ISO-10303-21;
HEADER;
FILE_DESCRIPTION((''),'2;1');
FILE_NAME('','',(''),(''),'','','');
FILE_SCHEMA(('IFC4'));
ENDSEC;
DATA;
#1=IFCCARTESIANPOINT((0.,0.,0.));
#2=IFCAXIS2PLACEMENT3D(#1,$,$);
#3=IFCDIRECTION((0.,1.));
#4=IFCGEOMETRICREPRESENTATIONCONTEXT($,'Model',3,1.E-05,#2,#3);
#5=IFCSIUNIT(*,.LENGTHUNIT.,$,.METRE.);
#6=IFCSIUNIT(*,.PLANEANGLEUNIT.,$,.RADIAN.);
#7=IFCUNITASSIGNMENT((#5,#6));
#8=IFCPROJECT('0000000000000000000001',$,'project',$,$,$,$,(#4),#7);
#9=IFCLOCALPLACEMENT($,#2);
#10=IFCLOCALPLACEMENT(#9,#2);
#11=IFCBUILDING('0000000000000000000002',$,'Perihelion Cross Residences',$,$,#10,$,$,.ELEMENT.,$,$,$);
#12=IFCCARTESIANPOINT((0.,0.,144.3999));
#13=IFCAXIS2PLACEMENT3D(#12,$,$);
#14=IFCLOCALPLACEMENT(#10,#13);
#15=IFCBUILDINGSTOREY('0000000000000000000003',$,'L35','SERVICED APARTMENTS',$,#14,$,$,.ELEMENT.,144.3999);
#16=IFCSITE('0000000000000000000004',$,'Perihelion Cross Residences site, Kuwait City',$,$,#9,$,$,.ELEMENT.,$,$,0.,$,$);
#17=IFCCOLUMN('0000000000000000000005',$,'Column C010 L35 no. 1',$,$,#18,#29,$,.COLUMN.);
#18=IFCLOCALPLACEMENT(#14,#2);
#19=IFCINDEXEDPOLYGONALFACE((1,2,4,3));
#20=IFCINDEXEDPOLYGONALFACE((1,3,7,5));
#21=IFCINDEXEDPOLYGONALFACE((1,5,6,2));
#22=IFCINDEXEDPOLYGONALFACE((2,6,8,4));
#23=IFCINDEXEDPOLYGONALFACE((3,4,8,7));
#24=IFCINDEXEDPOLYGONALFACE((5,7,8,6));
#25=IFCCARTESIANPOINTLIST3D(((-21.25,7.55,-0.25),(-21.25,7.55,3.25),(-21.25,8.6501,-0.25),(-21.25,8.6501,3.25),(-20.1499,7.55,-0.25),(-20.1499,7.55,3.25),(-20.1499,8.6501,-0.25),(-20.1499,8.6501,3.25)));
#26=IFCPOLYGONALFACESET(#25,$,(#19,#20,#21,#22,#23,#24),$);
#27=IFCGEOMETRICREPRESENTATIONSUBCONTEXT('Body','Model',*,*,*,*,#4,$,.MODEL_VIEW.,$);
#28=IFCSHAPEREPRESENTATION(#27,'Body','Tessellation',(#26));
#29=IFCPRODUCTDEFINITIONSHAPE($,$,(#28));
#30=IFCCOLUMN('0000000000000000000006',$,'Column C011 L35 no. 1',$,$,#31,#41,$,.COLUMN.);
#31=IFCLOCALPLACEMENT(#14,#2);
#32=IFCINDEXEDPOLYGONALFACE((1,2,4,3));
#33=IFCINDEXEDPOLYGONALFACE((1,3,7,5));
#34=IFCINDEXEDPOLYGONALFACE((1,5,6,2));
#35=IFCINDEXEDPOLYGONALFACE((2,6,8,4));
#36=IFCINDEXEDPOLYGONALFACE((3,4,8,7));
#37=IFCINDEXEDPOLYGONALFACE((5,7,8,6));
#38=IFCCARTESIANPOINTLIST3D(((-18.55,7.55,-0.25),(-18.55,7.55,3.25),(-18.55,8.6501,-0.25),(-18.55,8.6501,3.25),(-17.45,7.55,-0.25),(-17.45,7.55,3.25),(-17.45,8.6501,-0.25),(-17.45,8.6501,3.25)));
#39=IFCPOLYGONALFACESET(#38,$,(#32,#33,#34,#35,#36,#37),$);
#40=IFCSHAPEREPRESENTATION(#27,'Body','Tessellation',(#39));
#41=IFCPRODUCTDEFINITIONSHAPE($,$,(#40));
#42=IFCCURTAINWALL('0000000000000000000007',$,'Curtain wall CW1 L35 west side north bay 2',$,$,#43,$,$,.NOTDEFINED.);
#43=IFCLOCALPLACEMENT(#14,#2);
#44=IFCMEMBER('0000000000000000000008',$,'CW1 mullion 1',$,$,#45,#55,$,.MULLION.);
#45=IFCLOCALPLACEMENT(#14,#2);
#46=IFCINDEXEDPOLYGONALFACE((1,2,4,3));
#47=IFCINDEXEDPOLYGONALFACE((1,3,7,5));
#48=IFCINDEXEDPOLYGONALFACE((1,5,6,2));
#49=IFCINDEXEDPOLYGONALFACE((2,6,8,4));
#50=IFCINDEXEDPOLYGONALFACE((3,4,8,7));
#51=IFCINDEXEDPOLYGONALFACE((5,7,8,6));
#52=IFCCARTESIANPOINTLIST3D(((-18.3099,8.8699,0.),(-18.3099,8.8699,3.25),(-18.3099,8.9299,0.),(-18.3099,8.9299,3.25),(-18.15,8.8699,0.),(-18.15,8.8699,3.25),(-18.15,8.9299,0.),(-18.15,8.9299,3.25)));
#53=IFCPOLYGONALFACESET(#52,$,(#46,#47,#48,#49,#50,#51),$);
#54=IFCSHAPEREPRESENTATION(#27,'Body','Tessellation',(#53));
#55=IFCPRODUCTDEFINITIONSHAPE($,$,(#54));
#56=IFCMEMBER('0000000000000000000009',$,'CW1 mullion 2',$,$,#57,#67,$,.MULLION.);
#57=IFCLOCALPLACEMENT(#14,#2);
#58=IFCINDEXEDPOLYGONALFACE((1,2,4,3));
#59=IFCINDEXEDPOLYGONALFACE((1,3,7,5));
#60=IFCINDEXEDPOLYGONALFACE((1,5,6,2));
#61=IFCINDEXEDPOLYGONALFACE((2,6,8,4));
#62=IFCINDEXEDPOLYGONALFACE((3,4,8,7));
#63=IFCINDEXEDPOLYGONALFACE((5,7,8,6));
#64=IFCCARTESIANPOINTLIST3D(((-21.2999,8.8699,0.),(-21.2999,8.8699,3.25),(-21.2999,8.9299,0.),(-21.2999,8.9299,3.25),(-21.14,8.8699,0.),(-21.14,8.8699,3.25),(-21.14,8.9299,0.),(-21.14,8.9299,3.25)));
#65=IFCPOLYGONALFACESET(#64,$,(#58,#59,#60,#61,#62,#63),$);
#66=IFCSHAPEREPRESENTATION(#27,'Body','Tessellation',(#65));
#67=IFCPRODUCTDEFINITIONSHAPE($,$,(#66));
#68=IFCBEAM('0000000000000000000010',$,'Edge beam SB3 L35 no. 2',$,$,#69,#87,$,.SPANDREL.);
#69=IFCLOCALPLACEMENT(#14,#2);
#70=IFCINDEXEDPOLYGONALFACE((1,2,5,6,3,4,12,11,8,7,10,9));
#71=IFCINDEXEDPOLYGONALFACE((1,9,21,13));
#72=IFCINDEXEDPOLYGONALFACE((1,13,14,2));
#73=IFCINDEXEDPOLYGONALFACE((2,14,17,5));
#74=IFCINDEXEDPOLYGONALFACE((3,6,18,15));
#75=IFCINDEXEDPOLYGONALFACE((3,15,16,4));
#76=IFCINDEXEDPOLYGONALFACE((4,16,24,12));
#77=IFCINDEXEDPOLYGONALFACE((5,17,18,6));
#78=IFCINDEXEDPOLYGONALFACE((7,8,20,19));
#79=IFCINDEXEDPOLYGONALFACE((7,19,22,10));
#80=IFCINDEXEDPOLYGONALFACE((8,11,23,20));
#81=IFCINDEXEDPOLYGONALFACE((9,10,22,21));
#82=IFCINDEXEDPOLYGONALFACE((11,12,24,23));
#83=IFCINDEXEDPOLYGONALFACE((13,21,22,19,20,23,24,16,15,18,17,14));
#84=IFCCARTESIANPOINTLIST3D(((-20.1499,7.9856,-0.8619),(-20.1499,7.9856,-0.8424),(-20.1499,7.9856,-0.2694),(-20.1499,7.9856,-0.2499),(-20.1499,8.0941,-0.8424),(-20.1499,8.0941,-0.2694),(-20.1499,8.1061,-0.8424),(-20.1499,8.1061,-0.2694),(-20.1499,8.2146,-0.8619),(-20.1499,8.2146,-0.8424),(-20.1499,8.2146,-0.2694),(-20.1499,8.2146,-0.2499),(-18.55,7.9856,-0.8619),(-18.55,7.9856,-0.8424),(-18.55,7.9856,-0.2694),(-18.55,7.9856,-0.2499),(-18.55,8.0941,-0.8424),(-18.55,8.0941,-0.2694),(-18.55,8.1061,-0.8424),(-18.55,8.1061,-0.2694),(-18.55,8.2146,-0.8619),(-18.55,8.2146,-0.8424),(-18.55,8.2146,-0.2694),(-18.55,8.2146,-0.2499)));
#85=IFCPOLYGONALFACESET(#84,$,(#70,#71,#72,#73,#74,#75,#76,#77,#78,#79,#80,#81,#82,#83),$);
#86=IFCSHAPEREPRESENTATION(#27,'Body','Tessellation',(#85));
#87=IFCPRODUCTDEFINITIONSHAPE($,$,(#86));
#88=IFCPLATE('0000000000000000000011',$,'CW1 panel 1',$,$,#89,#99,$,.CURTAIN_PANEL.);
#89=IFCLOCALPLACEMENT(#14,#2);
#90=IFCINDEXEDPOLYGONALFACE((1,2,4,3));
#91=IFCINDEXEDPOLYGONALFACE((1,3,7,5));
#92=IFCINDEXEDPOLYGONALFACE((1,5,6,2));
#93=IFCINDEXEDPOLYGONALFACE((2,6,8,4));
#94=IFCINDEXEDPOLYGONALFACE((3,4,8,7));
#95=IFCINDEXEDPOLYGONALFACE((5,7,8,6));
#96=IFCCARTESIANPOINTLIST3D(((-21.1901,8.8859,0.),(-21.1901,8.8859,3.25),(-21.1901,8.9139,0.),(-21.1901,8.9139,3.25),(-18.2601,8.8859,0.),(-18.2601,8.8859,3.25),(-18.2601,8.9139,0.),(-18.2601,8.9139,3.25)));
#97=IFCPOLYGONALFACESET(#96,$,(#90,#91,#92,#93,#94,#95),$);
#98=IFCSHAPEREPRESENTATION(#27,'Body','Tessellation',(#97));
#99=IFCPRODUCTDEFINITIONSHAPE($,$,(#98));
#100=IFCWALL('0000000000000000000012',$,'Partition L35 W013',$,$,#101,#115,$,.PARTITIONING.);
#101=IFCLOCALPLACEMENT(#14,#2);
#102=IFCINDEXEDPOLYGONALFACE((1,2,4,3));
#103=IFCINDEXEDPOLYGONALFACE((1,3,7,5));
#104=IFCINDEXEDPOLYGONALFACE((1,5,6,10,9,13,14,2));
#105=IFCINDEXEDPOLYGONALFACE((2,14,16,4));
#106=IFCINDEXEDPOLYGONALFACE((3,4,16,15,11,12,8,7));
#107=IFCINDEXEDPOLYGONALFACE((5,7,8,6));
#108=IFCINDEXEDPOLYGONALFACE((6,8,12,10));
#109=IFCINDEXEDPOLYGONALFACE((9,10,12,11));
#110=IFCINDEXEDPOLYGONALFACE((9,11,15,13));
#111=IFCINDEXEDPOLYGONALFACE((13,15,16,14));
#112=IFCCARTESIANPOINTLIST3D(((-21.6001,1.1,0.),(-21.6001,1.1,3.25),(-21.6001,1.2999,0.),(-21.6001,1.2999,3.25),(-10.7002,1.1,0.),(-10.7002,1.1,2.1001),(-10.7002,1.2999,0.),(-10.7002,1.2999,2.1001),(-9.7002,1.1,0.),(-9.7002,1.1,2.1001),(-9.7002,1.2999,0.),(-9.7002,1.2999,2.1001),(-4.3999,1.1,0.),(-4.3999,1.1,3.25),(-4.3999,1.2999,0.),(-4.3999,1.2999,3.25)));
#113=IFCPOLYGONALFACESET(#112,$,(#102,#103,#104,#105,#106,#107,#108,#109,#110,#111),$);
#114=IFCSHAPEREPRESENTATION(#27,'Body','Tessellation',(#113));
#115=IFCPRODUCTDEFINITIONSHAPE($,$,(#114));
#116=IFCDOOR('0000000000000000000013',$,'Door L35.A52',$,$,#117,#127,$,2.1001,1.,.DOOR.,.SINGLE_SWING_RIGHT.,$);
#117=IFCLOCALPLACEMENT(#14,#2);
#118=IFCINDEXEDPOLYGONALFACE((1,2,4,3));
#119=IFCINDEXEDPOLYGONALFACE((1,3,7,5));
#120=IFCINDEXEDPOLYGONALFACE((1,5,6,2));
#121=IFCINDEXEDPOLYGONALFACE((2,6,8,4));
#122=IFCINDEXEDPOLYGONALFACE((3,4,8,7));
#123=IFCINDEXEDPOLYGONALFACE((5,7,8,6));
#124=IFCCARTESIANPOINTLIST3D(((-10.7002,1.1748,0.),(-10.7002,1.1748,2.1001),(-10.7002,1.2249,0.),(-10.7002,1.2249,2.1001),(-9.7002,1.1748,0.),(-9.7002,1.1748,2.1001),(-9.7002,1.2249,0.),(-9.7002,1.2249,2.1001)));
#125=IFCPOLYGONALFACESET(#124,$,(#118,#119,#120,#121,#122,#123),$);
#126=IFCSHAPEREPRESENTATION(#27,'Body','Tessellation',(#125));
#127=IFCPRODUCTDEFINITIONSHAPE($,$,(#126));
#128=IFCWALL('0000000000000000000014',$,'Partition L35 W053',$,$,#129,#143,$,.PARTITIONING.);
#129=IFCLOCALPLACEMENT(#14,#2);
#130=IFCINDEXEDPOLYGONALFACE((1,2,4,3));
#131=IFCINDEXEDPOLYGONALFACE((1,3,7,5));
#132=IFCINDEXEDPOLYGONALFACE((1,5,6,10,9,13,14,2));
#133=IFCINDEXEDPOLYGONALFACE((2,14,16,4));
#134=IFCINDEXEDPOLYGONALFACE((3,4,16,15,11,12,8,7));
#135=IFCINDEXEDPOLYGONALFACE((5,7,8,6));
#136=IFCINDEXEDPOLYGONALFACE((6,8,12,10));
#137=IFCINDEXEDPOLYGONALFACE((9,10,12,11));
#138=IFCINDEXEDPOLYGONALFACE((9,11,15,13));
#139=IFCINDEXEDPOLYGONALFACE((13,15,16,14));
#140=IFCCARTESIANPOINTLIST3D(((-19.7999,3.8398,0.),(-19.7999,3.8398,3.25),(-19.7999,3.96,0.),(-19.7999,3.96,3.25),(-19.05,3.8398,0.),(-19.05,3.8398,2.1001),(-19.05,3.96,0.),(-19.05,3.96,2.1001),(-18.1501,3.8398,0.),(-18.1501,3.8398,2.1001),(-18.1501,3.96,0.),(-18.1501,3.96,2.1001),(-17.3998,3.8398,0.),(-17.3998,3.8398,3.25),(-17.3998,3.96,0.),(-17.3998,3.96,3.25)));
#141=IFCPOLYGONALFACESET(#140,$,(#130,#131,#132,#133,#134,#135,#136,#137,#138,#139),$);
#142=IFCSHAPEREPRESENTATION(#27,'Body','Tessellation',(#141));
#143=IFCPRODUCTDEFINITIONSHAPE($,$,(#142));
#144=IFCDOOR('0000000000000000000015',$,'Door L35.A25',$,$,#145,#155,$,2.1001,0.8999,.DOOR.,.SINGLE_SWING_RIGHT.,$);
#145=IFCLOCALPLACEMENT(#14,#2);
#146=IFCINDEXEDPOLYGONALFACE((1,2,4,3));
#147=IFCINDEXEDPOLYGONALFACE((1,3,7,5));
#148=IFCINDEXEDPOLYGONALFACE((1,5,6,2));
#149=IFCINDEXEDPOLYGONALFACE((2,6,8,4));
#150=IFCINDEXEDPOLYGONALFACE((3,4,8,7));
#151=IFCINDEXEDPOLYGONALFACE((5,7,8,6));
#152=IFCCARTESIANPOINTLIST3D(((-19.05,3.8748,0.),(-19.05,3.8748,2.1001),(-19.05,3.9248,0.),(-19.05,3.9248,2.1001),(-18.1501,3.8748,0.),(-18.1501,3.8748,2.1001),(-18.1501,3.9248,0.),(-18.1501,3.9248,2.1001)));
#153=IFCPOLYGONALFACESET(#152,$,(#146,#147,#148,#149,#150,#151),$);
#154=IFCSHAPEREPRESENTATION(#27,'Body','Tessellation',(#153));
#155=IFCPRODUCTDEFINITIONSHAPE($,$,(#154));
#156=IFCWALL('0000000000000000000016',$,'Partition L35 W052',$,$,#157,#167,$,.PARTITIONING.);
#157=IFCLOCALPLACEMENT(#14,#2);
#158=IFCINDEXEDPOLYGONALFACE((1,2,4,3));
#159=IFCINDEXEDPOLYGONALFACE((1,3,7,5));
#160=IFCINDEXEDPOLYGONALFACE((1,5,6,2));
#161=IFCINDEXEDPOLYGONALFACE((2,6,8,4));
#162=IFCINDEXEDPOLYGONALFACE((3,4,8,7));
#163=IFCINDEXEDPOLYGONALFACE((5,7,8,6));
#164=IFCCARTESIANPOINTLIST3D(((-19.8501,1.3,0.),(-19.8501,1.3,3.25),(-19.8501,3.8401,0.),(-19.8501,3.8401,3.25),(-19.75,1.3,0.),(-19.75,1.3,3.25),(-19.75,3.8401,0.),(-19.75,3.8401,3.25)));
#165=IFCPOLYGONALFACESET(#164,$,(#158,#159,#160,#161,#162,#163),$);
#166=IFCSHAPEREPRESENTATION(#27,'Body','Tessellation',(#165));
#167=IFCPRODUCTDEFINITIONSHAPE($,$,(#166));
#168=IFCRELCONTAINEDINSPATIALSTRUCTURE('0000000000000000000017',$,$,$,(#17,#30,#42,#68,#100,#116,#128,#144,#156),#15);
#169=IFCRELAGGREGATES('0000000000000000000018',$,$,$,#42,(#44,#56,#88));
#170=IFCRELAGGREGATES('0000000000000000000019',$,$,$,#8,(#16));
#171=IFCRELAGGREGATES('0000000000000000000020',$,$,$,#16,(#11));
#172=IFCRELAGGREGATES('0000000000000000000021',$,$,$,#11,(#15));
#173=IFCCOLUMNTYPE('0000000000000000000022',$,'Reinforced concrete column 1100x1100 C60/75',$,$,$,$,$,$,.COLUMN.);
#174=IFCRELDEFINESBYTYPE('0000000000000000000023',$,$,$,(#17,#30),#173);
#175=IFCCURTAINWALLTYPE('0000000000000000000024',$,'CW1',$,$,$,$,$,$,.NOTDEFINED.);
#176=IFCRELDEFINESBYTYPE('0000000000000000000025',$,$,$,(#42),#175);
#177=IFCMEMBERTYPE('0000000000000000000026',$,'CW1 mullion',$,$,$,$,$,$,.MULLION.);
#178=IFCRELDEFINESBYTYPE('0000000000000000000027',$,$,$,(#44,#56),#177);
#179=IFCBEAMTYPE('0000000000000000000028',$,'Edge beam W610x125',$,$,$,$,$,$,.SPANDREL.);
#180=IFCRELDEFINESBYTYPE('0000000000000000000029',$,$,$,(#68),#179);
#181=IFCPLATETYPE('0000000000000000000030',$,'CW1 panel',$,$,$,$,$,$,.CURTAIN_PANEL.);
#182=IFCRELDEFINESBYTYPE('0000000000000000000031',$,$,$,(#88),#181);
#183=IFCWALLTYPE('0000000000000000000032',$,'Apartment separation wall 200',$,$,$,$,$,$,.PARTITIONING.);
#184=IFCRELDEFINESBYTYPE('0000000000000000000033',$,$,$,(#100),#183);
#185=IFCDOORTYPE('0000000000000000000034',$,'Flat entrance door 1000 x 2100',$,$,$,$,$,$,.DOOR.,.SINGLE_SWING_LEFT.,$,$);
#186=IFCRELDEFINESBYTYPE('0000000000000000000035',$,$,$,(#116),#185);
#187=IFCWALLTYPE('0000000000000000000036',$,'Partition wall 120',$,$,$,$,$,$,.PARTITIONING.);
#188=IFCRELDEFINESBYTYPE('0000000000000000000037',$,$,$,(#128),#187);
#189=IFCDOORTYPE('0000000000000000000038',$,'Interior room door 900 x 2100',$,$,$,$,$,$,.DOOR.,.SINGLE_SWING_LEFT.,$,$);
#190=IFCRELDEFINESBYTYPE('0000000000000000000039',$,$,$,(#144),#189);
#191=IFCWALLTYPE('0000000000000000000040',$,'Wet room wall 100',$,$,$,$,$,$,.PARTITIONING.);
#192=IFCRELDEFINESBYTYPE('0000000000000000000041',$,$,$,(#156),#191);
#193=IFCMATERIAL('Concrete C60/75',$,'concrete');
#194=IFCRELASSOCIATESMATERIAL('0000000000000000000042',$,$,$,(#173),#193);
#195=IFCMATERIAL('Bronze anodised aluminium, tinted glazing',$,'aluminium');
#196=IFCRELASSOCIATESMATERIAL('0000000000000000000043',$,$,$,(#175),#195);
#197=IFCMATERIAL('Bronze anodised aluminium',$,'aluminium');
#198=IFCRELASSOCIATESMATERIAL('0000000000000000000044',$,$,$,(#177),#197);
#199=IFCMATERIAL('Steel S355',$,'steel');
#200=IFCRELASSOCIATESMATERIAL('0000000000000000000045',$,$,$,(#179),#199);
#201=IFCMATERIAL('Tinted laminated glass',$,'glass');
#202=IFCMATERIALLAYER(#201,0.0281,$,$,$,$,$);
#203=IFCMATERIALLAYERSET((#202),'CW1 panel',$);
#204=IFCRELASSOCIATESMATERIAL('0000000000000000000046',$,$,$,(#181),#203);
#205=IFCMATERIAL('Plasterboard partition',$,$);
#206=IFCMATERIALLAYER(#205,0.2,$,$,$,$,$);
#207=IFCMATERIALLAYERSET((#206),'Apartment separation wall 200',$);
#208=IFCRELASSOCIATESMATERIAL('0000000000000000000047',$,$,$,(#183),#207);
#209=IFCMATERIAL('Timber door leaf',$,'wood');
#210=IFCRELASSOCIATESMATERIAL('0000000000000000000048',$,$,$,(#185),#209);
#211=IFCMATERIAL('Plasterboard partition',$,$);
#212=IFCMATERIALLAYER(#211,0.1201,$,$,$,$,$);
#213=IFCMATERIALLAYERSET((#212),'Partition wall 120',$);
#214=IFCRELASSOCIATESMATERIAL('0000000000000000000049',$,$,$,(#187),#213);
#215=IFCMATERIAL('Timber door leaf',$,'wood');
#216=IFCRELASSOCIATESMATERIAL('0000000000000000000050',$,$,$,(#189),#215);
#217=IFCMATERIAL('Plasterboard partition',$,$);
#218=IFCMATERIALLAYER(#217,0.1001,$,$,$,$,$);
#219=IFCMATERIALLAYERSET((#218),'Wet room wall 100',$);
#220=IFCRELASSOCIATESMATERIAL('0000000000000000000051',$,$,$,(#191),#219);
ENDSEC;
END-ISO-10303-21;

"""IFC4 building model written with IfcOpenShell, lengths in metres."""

from ifc_helpers import new_model, si_unit, direction, frame, frame_2d, origin, origin_2d, place, context, subcontext, project, spatial, rectangle, i_section, extrude, material, layer, layer_set, material_profile, profile_set, type_object, element, fill, aggregate, save


model = new_model("IFC4")

# Units and contexts
model_context = context("Model", 3, precision=1e-05, world=origin(), true_north=direction((0.0, 1.0)))
body_context = subcontext(model_context, "Body", "Model", "MODEL_VIEW")
ifc_project = project(units=[si_unit("LENGTHUNIT", "METRE"), si_unit("PLANEANGLEUNIT", "RADIAN")], contexts=[model_context])

# Site, building, storey
site_placement = place(None, origin())
site = spatial("IfcSite", under=ifc_project, at=site_placement, Name="Perihelion Cross Residences site, Kuwait City", CompositionType="ELEMENT", RefElevation=0.0)
building_placement = place(site_placement, origin())
building = spatial("IfcBuilding", under=site, at=building_placement, Name="Perihelion Cross Residences", CompositionType="ELEMENT")
storey_placement = place(building_placement, frame((0.0, 0.0, 144.3999)))
storey = spatial("IfcBuildingStorey", under=building, at=storey_placement, Name="L35", Description="SERVICED APARTMENTS", CompositionType="ELEMENT", Elevation=144.3999)

# Columns
ifc_material_1 = material(Name="Concrete C60/75", Category="concrete")
ifc_material_profile_1 = material_profile(ifc_material_1, rectangle(XDim=1.1001, YDim=1.1001, at=origin_2d()), Name="RC 1100x1100")
ifc_profile_set_1 = profile_set([ifc_material_profile_1], Name="Concrete C60/75")
column_type = type_object("IfcColumnType", Name="Reinforced concrete column 1100x1100 C60/75", PredefinedType="COLUMN", material=ifc_profile_set_1)
for number, where, z_axis, x_axis, name in (
    (1, (-20.7, 8.1001, -0.25), (0.0, 0.0, 1.0), (1.0, 0.0, 0.0), "Column C010 L35 no. 1"),
    (2, (-18.0, 8.1001, -0.25), (0.0, 0.0, 1.0), (1.0, 0.0, 0.0), "Column C011 L35 no. 1"),
):
    element("IfcColumn", number, at=place(storey_placement, frame(where, z_axis=z_axis, x_axis=x_axis)), inside=storey, type_object=column_type, Name=name, PredefinedType="COLUMN", context=body_context, shape_type="SweptSolid", body=[
        extrude(rectangle(XDim=1.1001, YDim=1.1001, at=origin_2d()), origin(), (0.0, 0.0, 1.0), 3.5),
    ])

# Curtain wall, members
ifc_material_2 = material(Name="Bronze anodised aluminium, tinted glazing", Category="aluminium")
curtain_wall_type = type_object("IfcCurtainWallType", Name="CW1", PredefinedType="NOTDEFINED", material=ifc_material_2)
curtain_wall_placement = place(storey_placement, origin())
curtain_wall = element("IfcCurtainWall", 3, at=curtain_wall_placement, inside=storey, type_object=curtain_wall_type, Name="Curtain wall CW1 L35 west side north bay 2", PredefinedType="NOTDEFINED")
ifc_material_3 = material(Name="Bronze anodised aluminium", Category="aluminium")
ifc_material_profile_2 = material_profile(ifc_material_3, rectangle(XDim=0.0601, YDim=0.1599, at=origin_2d()), Name="CW1 mullion")
ifc_profile_set_2 = profile_set([ifc_material_profile_2], Name="Bronze anodised aluminium")
member_type = type_object("IfcMemberType", Name="CW1 mullion", PredefinedType="MULLION", material=ifc_profile_set_2)
member_1_placement = place(storey_placement, frame((-18.23, 8.8999, 0.0), z_axis=(0.0, 0.0, 1.0), x_axis=(0.0, -1.0, 0.0)))
member_1 = element("IfcMember", 4, at=member_1_placement, type_object=member_type, Name="CW1 mullion 1", PredefinedType="MULLION", context=body_context, shape_type="SweptSolid", body=[
    extrude(rectangle(XDim=0.0601, YDim=0.1599, at=origin_2d()), origin(), (0.0, 0.0, 1.0), 3.25),
])
member_2_placement = place(storey_placement, frame((-21.22, 8.8999, 0.0), z_axis=(0.0, 0.0, 1.0), x_axis=(0.0, -1.0, 0.0)))
member_2 = element("IfcMember", 5, at=member_2_placement, type_object=member_type, Name="CW1 mullion 2", PredefinedType="MULLION", context=body_context, shape_type="SweptSolid", body=[
    extrude(rectangle(XDim=0.0601, YDim=0.1599, at=origin_2d()), origin(), (0.0, 0.0, 1.0), 3.25),
])

# Beam
ifc_material_4 = material(Name="Steel S355", Category="steel")
ifc_material_profile_3 = material_profile(ifc_material_4, i_section(OverallWidth=0.229, OverallDepth=0.6121, WebThickness=0.012, FlangeThickness=0.0195, at=origin_2d()), Name="W610x125")
ifc_profile_set_3 = profile_set([ifc_material_profile_3], Name="Steel S355")
beam_type = type_object("IfcBeamType", Name="Edge beam W610x125", PredefinedType="SPANDREL", material=ifc_profile_set_3)
beam_placement = place(storey_placement, frame((-18.55, 8.1001, -0.5559), z_axis=(-1.0, 0.0, 0.0), x_axis=(0.0, -1.0, 0.0)))
element("IfcBeam", 6, at=beam_placement, inside=storey, type_object=beam_type, Name="Edge beam SB3 L35 no. 2", PredefinedType="SPANDREL", context=body_context, shape_type="SweptSolid", body=[
    extrude(i_section(OverallWidth=0.229, OverallDepth=0.6121, WebThickness=0.012, FlangeThickness=0.0195, at=origin_2d()), origin(), (0.0, 0.0, 1.0), 1.5999),
])

# Plate
ifc_material_5 = material(Name="Tinted laminated glass", Category="glass")
ifc_layer_1 = layer(ifc_material_5, 0.0281)
ifc_layer_set_1 = layer_set([ifc_layer_1], Name="CW1 panel")
plate_type = type_object("IfcPlateType", Name="CW1 panel", PredefinedType="CURTAIN_PANEL", material=ifc_layer_set_1)
plate_placement = place(storey_placement, frame((-19.7251, 8.8999, 0.0), z_axis=(0.0, 0.0, 1.0), x_axis=(-1.0, 0.0, 0.0)))
plate = element("IfcPlate", 7, at=plate_placement, type_object=plate_type, Name="CW1 panel 1", PredefinedType="CURTAIN_PANEL", context=body_context, shape_type="SweptSolid", body=[
    extrude(rectangle(XDim=2.9299, YDim=0.0281, at=origin_2d()), origin(), (0.0, 0.0, 1.0), 3.25),
])
aggregate(curtain_wall, [member_1, member_2, plate])

# Walls, openings, doors
ifc_material_6 = material(Name="Plasterboard partition")
ifc_layer_2 = layer(ifc_material_6, 0.2)
ifc_layer_set_2 = layer_set([ifc_layer_2], Name="Apartment separation wall 200")
wall_type_1 = type_object("IfcWallType", Name="Apartment separation wall 200", PredefinedType="PARTITIONING", material=ifc_layer_set_2)
wall_1_placement = place(storey_placement, frame((-21.6001, 1.2, 0.0), z_axis=(0.0, 0.0, 1.0), x_axis=(1.0, 0.0, 0.0)))
wall_1 = element("IfcWall", 8, at=wall_1_placement, inside=storey, type_object=wall_type_1, Name="Partition L35 W013", PredefinedType="PARTITIONING", context=body_context, shape_type="SweptSolid", body=[
    extrude(rectangle(XDim=17.2002, YDim=0.2, at=frame_2d((8.6001, 0.0))), origin(), (0.0, 0.0, 1.0), 3.25),
])
opening_1_placement = place(wall_1_placement, frame((10.8999, 0.0, 0.0)))
opening_1 = element("IfcOpeningElement", 9, at=opening_1_placement, cuts=wall_1, PredefinedType="OPENING", context=body_context, shape_type="SweptSolid", body=[
    extrude(rectangle(XDim=1.0, YDim=2.1001, at=frame_2d((0.5, 1.05))), frame((0.0, 0.1099, 0.0), z_axis=(0.0, -1.0, 0.0), x_axis=(1.0, 0.0, 0.0)), (0.0, 0.0, 1.0), 0.22),
])
ifc_material_7 = material(Name="Timber door leaf", Category="wood")
door_type_1 = type_object("IfcDoorType", Name="Flat entrance door 1000 x 2100", OperationType="SINGLE_SWING_LEFT", PredefinedType="DOOR", material=ifc_material_7)
door_1_placement = place(opening_1_placement, origin())
door_1 = element("IfcDoor", 10, at=door_1_placement, inside=storey, type_object=door_type_1, Name="Door L35.A52", OperationType="SINGLE_SWING_RIGHT", OverallHeight=2.1001, OverallWidth=1.0, PredefinedType="DOOR", context=body_context, shape_type="SweptSolid", body=[
    extrude(rectangle(XDim=1.0, YDim=2.1001, at=frame_2d((0.5, 1.05))), frame((0.0, 0.0249, 0.0), z_axis=(0.0, -1.0, 0.0), x_axis=(1.0, 0.0, 0.0)), (0.0, 0.0, 1.0), 0.05),
])
fill(opening_1, door_1)
ifc_material_8 = material(Name="Plasterboard partition")
ifc_layer_3 = layer(ifc_material_8, 0.1201)
ifc_layer_set_3 = layer_set([ifc_layer_3], Name="Partition wall 120")
wall_type_2 = type_object("IfcWallType", Name="Partition wall 120", PredefinedType="PARTITIONING", material=ifc_layer_set_3)
wall_2_placement = place(storey_placement, frame((-19.8, 3.8999, 0.0), z_axis=(0.0, 0.0, 1.0), x_axis=(1.0, 0.0, 0.0)))
wall_2 = element("IfcWall", 11, at=wall_2_placement, inside=storey, type_object=wall_type_2, Name="Partition L35 W053", PredefinedType="PARTITIONING", context=body_context, shape_type="SweptSolid", body=[
    extrude(rectangle(XDim=2.4001, YDim=0.1201, at=frame_2d((1.2002, 0.0))), origin(), (0.0, 0.0, 1.0), 3.25),
])
opening_2_placement = place(wall_2_placement, frame((0.75, 0.0, 0.0)))
opening_2 = element("IfcOpeningElement", 12, at=opening_2_placement, cuts=wall_2, PredefinedType="OPENING", context=body_context, shape_type="SweptSolid", body=[
    extrude(rectangle(XDim=0.8999, YDim=2.1001, at=frame_2d((0.45, 1.05))), frame((0.0, 0.0701, 0.0), z_axis=(0.0, -1.0, 0.0), x_axis=(1.0, 0.0, 0.0)), (0.0, 0.0, 1.0), 0.1401),
])
ifc_material_9 = material(Name="Timber door leaf", Category="wood")
door_type_2 = type_object("IfcDoorType", Name="Interior room door 900 x 2100", OperationType="SINGLE_SWING_LEFT", PredefinedType="DOOR", material=ifc_material_9)
door_2_placement = place(opening_2_placement, origin())
door_2 = element("IfcDoor", 13, at=door_2_placement, inside=storey, type_object=door_type_2, Name="Door L35.A25", OperationType="SINGLE_SWING_RIGHT", OverallHeight=2.1001, OverallWidth=0.8999, PredefinedType="DOOR", context=body_context, shape_type="SweptSolid", body=[
    extrude(rectangle(XDim=0.8999, YDim=2.1001, at=frame_2d((0.45, 1.05))), frame((0.0, 0.0249, 0.0), z_axis=(0.0, -1.0, 0.0), x_axis=(1.0, 0.0, 0.0)), (0.0, 0.0, 1.0), 0.05),
])
fill(opening_2, door_2)

# Wall
ifc_material_10 = material(Name="Plasterboard partition")
ifc_layer_4 = layer(ifc_material_10, 0.1001)
ifc_layer_set_4 = layer_set([ifc_layer_4], Name="Wet room wall 100")
wall_type_3 = type_object("IfcWallType", Name="Wet room wall 100", PredefinedType="PARTITIONING", material=ifc_layer_set_4)
wall_3_placement = place(storey_placement, frame((-19.8, 1.3, 0.0), z_axis=(0.0, 0.0, 1.0), x_axis=(0.0, 1.0, 0.0)))
element("IfcWall", 14, at=wall_3_placement, inside=storey, type_object=wall_type_3, Name="Partition L35 W052", PredefinedType="PARTITIONING", context=body_context, shape_type="SweptSolid", body=[
    extrude(rectangle(XDim=2.54, YDim=0.1001, at=frame_2d((1.27, 0.0))), origin(), (0.0, 0.0, 1.0), 3.25),
])

save(model, "model.ifc")
